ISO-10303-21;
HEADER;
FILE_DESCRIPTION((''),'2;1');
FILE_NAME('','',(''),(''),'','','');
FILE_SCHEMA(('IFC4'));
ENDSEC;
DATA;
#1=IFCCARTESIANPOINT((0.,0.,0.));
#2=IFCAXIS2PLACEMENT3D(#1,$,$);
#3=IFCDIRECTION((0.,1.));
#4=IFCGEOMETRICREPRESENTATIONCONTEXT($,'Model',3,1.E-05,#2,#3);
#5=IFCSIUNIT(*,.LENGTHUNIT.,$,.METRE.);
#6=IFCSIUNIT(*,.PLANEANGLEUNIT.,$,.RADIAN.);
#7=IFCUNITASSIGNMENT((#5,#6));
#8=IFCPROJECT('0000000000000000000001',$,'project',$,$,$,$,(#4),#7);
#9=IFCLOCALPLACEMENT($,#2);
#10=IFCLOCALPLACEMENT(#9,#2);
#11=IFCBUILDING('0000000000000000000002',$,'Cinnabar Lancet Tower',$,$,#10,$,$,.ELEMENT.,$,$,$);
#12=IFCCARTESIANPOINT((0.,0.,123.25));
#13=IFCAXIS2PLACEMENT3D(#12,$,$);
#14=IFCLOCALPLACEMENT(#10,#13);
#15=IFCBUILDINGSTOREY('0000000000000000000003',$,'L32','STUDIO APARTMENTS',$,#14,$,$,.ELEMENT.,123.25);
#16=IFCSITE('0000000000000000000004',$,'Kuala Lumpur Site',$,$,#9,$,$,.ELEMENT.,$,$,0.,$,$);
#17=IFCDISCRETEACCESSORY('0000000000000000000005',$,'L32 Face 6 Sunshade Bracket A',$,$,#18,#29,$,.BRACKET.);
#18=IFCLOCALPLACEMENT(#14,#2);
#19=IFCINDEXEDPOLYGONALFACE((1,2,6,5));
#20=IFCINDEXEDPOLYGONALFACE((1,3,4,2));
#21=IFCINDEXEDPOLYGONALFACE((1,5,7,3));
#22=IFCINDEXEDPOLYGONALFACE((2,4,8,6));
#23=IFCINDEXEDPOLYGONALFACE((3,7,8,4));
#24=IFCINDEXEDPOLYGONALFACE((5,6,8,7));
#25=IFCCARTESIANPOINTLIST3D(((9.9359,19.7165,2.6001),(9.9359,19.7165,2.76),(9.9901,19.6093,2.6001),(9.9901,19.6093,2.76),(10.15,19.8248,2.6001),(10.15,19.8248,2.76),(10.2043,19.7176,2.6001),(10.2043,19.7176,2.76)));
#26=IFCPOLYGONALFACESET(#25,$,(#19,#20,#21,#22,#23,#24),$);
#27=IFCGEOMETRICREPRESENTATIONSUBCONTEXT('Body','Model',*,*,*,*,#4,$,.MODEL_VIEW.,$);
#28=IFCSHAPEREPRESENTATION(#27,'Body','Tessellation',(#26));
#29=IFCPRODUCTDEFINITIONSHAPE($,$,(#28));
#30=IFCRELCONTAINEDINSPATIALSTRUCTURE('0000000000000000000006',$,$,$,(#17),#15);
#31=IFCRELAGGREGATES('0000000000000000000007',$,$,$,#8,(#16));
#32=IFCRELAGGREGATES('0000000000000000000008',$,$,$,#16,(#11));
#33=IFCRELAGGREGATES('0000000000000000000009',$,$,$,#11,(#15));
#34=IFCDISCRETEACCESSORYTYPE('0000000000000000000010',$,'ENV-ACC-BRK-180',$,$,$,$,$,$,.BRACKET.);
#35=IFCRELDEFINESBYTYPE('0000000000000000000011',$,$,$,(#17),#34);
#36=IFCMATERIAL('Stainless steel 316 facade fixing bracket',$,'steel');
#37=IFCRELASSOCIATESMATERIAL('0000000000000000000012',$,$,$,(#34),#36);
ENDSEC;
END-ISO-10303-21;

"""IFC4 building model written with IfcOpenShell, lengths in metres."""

from ifc_helpers import new_model, si_unit, direction, frame, origin, origin_2d, place, context, subcontext, project, spatial, rectangle, extrude, material, type_object, element, save


model = new_model("IFC4")

# Units and contexts
model_context = context("Model", 3, precision=1e-05, world=origin(), true_north=direction((0.0, 1.0)))
body_context = subcontext(model_context, "Body", "Model", "MODEL_VIEW")
ifc_project = project(units=[si_unit("LENGTHUNIT", "METRE"), si_unit("PLANEANGLEUNIT", "RADIAN")], contexts=[model_context])

# Site, building, storey
site_placement = place(None, origin())
site = spatial("IfcSite", under=ifc_project, at=site_placement, Name="Kuala Lumpur Site", CompositionType="ELEMENT", RefElevation=0.0)
building_placement = place(site_placement, origin())
building = spatial("IfcBuilding", under=site, at=building_placement, Name="Cinnabar Lancet Tower", CompositionType="ELEMENT")
storey_placement = place(building_placement, frame((0.0, 0.0, 123.25)))
storey = spatial("IfcBuildingStorey", under=building, at=storey_placement, Name="L32", Description="STUDIO APARTMENTS", CompositionType="ELEMENT", Elevation=123.25)

# Discrete accessory
ifc_material_1 = material(Name="Stainless steel 316 facade fixing bracket", Category="steel")
discrete_accessory_type = type_object("IfcDiscreteAccessoryType", Name="ENV-ACC-BRK-180", PredefinedType="BRACKET", material=ifc_material_1)
discrete_accessory_placement = place(storey_placement, frame((10.0701, 19.717, 2.6001), z_axis=(0.0, 0.0, 1.0), x_axis=(0.451454, -0.892294, 0.0)))
element("IfcDiscreteAccessory", 1, at=discrete_accessory_placement, inside=storey, type_object=discrete_accessory_type, Name="L32 Face 6 Sunshade Bracket A", PredefinedType="BRACKET", context=body_context, shape_type="SweptSolid", body=[
    extrude(rectangle(XDim=0.1201, YDim=0.24, at=origin_2d()), origin(), (0.0, 0.0, 1.0), 0.1599),
])

save(model, "model.ifc")
